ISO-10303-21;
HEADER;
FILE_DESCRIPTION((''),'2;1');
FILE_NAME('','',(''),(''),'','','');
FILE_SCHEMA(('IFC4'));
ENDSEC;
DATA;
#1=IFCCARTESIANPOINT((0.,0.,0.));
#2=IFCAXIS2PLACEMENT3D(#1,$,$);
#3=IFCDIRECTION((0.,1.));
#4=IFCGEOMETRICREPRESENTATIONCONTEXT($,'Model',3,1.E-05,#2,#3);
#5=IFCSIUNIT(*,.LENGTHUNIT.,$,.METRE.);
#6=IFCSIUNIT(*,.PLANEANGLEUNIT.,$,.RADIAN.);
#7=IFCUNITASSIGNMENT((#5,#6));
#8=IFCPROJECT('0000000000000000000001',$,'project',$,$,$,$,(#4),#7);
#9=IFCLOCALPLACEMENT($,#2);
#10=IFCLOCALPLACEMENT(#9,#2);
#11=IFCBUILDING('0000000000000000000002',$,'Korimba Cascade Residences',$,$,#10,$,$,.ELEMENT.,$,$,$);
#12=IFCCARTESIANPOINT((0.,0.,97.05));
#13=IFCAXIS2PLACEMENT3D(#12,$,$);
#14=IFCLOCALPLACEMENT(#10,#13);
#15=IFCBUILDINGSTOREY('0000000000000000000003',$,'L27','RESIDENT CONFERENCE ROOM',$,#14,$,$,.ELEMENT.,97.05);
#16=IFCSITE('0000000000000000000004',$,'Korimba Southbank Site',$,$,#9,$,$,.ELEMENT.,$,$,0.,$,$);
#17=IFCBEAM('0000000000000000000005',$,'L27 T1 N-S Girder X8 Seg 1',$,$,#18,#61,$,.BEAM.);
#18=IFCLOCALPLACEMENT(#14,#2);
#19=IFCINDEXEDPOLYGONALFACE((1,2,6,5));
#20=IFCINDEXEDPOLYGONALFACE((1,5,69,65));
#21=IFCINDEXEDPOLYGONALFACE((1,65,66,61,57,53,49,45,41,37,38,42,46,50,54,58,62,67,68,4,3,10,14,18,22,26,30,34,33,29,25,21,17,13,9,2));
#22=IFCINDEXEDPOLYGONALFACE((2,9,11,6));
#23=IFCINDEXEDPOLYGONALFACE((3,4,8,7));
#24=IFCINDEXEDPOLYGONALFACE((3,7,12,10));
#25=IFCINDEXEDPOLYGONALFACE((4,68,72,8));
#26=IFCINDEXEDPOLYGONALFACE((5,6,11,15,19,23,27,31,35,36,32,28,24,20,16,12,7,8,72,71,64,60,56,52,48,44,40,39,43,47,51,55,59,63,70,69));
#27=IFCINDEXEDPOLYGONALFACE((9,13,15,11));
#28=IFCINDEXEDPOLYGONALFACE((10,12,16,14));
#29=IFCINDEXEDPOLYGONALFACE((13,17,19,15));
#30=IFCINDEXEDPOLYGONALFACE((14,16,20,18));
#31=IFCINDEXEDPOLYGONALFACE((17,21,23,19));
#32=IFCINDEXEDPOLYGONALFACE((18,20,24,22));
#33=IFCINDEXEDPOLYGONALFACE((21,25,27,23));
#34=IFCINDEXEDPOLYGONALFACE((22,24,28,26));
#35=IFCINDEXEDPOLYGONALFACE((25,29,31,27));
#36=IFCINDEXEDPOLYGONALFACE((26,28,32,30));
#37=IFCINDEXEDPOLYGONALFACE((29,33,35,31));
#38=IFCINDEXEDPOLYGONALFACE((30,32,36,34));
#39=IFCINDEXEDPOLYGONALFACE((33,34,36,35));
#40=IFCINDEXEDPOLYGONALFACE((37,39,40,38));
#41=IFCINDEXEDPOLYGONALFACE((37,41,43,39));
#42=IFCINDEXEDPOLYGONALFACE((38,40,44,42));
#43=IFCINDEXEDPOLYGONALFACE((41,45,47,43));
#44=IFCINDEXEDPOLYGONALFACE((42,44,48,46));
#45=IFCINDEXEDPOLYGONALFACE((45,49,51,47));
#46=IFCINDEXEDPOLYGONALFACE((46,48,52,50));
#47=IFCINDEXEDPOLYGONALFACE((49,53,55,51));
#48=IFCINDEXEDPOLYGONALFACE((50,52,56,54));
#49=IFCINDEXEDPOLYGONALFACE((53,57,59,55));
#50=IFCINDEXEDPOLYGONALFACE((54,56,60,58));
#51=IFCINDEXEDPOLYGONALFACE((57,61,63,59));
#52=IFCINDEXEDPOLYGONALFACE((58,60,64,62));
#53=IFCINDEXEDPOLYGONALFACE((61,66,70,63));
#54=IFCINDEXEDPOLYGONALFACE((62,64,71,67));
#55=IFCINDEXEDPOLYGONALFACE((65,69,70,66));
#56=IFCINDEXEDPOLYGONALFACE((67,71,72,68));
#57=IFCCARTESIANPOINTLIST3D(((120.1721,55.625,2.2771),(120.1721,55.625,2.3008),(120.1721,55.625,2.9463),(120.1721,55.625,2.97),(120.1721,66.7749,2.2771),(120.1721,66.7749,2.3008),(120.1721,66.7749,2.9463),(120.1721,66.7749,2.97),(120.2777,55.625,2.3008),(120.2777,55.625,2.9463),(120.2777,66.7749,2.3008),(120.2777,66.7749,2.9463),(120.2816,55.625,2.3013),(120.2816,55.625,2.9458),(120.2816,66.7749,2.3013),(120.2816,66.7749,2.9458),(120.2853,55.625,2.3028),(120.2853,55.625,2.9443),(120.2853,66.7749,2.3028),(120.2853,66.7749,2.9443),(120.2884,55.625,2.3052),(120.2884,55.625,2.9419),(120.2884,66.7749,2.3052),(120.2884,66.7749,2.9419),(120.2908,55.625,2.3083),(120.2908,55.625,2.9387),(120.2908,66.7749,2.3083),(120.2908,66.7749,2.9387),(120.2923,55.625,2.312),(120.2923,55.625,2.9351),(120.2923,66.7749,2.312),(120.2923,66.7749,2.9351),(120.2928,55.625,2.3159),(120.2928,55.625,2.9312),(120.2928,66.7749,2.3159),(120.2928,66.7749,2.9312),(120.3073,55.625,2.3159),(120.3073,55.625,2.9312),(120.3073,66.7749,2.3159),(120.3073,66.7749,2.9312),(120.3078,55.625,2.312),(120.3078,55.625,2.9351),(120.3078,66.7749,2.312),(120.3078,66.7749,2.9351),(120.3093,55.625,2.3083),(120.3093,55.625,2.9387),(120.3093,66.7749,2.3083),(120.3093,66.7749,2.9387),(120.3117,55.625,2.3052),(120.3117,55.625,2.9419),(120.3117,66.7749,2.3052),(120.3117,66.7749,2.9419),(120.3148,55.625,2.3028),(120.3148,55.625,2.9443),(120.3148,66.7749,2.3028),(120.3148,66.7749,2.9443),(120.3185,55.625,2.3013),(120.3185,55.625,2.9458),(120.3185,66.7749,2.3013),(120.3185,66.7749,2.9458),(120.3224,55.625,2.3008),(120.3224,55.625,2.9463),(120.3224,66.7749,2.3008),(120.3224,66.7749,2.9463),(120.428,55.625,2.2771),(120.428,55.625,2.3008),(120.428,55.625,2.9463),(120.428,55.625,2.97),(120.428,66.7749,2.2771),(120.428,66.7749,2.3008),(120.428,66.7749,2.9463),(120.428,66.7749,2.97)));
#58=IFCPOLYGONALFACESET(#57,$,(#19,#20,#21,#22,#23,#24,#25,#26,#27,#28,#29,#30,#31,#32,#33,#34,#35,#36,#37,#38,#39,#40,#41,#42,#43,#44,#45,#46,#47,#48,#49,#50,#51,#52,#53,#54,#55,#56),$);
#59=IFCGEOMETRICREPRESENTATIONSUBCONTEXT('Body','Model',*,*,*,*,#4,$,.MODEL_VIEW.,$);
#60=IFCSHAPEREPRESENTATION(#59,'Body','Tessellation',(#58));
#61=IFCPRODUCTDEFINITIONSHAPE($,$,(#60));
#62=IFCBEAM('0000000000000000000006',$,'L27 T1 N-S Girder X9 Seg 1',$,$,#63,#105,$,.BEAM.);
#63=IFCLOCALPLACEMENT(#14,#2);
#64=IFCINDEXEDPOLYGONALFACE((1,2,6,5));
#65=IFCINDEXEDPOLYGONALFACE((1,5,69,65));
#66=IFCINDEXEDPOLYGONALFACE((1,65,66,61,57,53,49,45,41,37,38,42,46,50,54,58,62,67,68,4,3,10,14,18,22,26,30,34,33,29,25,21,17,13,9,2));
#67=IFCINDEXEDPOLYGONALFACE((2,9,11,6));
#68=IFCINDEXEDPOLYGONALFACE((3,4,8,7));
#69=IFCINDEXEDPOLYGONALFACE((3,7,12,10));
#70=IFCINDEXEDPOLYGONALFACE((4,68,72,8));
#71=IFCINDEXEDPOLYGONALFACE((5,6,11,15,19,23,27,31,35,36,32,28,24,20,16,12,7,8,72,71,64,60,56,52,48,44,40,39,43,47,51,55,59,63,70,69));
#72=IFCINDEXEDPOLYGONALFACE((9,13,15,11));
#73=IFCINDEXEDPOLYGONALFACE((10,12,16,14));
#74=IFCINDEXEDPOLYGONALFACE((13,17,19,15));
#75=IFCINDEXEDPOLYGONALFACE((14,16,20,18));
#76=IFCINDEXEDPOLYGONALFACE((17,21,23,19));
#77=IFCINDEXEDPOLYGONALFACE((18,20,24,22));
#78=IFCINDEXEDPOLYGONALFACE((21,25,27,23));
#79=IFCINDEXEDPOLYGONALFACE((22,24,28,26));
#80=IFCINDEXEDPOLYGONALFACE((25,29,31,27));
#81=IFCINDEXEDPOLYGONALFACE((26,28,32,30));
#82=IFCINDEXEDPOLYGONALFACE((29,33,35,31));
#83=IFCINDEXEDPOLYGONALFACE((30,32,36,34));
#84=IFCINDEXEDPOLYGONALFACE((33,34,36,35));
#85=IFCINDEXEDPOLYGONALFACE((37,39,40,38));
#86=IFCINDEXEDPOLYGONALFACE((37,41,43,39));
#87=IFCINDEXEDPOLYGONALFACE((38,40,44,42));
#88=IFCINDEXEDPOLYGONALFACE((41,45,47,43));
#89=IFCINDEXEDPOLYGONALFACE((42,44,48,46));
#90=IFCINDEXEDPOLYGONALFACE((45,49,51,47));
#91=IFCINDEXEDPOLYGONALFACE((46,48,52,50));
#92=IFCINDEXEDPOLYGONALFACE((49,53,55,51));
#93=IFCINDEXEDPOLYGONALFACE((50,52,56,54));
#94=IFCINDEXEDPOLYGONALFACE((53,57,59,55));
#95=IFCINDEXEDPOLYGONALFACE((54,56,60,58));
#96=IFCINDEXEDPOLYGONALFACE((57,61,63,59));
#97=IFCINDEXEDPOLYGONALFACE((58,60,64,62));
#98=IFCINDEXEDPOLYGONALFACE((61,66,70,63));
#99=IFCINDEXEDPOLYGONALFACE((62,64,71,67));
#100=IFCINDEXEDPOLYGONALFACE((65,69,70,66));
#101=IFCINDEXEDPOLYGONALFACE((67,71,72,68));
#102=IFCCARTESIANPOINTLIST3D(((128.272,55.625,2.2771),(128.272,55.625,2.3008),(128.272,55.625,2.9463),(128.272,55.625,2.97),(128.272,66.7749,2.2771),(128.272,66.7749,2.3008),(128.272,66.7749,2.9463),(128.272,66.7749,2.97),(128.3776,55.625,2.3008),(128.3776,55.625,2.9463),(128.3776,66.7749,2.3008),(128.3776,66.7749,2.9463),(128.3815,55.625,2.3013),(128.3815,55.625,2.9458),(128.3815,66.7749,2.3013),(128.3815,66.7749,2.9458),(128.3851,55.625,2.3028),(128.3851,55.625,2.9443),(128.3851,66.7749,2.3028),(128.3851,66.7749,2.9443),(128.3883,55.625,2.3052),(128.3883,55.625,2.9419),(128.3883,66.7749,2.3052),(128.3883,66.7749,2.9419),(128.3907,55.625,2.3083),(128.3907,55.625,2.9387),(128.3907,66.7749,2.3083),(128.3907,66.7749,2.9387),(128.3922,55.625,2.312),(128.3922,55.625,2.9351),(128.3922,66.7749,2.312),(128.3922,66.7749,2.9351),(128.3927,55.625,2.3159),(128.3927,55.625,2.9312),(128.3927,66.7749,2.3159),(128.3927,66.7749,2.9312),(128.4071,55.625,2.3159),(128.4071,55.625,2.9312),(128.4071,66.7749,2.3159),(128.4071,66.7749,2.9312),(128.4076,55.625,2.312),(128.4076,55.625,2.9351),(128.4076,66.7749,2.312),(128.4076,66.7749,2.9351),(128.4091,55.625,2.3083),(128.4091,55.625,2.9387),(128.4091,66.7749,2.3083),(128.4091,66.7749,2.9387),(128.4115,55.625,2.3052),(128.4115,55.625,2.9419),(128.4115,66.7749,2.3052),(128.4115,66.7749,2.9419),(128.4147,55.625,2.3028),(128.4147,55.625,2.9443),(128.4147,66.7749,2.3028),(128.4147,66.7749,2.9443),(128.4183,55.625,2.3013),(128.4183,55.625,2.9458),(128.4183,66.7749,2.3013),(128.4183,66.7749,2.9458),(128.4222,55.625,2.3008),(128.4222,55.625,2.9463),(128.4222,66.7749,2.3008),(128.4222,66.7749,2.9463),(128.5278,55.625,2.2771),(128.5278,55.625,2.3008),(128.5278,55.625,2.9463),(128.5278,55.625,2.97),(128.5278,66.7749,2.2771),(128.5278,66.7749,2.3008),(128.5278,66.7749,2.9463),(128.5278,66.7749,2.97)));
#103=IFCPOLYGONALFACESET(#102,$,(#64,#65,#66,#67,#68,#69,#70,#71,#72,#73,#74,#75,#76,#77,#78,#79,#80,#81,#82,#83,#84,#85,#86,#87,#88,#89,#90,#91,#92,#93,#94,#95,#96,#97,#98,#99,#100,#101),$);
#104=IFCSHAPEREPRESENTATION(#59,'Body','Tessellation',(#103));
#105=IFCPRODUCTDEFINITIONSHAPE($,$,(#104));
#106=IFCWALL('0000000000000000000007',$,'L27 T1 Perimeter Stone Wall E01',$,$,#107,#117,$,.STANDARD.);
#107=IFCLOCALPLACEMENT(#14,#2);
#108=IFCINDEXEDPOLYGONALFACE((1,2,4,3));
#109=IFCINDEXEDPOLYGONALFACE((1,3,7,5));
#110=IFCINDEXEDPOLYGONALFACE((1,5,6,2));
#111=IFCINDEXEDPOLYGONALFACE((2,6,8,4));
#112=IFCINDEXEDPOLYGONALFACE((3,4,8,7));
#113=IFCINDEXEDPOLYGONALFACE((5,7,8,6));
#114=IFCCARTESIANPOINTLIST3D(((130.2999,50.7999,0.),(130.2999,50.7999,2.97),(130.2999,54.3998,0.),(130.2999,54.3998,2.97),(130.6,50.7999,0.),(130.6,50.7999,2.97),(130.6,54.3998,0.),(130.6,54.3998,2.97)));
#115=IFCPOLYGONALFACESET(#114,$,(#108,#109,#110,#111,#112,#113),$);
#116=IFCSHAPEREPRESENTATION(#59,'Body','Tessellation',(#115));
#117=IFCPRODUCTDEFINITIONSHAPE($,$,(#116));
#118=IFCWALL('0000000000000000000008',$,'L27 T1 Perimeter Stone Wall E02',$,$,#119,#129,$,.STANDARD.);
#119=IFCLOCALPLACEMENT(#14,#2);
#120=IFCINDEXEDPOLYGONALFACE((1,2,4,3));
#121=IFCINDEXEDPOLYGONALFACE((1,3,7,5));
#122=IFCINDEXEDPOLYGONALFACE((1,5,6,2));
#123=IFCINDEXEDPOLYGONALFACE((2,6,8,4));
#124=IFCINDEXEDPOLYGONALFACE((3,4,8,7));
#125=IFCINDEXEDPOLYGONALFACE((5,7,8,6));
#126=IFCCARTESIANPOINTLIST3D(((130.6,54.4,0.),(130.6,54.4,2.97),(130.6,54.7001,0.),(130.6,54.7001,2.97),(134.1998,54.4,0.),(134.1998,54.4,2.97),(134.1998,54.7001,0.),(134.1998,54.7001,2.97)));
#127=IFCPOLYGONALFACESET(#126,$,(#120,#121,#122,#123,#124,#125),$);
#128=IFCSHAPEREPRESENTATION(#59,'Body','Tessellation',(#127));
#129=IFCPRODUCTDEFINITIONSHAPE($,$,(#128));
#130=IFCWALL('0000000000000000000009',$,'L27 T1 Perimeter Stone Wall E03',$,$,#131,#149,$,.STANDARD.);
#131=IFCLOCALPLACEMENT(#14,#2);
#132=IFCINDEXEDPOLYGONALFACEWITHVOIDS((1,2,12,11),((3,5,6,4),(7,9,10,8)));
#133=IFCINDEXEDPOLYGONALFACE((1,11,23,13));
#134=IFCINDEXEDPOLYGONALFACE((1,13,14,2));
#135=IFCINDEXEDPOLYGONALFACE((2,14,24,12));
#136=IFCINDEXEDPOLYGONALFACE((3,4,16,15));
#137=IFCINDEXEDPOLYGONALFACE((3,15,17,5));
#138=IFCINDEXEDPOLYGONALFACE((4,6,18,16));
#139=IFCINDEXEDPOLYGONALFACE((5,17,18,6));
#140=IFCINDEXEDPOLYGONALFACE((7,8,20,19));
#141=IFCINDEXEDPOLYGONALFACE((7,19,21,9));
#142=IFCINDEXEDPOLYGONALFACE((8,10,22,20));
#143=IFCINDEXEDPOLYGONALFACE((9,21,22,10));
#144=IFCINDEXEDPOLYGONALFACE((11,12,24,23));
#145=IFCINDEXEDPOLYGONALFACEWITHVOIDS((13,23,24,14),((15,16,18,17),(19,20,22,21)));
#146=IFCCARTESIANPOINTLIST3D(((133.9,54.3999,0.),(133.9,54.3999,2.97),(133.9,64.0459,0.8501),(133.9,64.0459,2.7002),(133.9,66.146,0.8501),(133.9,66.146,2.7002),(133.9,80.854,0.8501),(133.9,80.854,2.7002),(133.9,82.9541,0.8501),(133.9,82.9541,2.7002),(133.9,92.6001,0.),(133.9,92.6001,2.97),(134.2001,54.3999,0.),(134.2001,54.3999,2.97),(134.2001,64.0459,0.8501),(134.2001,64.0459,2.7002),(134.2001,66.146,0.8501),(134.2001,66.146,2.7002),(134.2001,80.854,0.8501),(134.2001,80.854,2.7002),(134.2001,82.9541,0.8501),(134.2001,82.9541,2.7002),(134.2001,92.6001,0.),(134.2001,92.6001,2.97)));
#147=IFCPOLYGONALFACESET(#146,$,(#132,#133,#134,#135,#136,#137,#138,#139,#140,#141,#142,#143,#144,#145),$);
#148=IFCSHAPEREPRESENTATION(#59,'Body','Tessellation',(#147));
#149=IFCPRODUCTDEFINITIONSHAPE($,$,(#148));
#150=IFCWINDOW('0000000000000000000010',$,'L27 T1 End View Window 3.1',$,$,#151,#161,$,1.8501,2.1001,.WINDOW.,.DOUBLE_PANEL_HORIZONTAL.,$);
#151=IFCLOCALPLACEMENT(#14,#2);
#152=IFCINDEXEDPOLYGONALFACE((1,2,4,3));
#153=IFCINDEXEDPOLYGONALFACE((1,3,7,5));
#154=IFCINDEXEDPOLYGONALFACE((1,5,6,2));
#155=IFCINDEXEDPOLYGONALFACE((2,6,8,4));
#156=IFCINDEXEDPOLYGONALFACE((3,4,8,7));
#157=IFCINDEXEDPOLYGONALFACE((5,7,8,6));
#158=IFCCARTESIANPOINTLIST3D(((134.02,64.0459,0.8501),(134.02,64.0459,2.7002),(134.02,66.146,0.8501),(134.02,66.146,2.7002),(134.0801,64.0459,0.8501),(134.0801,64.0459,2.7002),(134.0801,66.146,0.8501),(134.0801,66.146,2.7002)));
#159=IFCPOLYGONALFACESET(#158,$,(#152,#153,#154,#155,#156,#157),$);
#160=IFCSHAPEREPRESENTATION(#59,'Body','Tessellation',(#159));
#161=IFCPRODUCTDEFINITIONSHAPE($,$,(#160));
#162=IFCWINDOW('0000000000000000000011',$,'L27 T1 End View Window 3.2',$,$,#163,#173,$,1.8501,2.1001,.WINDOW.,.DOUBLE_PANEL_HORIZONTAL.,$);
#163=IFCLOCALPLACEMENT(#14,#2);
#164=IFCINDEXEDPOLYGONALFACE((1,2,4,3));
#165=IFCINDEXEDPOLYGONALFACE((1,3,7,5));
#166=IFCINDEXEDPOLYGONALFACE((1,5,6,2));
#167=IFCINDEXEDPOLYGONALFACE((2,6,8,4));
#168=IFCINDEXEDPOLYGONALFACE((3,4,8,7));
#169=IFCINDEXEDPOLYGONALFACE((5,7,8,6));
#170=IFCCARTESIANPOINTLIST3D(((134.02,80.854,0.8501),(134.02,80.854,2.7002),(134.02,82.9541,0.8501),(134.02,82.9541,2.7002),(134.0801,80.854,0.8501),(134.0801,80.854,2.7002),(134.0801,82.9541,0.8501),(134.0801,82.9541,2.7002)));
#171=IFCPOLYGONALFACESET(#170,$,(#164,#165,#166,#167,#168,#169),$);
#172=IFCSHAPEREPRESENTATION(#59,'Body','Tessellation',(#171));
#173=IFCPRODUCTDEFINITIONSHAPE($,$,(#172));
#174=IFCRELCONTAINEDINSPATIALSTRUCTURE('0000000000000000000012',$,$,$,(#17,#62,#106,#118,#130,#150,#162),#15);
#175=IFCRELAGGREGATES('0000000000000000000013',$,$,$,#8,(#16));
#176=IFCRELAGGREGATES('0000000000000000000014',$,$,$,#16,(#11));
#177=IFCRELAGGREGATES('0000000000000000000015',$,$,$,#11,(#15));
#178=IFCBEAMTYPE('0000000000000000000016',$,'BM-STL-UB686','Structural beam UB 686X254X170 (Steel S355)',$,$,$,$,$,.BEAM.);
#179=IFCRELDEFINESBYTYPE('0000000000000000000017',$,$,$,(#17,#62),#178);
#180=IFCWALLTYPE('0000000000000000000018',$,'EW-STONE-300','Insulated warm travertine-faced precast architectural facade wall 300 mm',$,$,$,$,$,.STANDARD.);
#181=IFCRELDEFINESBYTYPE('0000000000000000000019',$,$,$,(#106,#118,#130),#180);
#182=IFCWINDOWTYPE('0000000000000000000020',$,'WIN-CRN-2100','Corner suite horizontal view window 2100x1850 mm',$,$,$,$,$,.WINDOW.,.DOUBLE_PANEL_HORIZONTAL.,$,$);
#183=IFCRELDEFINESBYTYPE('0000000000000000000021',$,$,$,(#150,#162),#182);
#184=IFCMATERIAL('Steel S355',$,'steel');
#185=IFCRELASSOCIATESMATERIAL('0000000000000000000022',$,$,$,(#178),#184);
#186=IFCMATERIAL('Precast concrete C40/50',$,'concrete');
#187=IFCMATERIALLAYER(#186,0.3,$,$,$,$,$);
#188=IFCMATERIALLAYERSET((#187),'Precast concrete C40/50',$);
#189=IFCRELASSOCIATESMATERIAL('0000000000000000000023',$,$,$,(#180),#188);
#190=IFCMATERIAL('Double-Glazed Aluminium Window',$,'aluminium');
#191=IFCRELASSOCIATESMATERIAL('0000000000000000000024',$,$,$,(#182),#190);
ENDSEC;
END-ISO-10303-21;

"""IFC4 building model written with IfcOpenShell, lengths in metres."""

from ifc_helpers import new_model, si_unit, direction, frame, frame_2d, origin, origin_2d, place, context, subcontext, project, spatial, rectangle, i_section, extrude, material, layer, layer_set, material_profile, profile_set, type_object, element, fill, save


model = new_model("IFC4")

# Units and contexts
model_context = context("Model", 3, precision=1e-05, world=origin(), true_north=direction((0.0, 1.0)))
body_context = subcontext(model_context, "Body", "Model", "MODEL_VIEW")
ifc_project = project(units=[si_unit("LENGTHUNIT", "METRE"), si_unit("PLANEANGLEUNIT", "RADIAN")], contexts=[model_context])

# Site, building, storey
site_placement = place(None, origin())
site = spatial("IfcSite", under=ifc_project, at=site_placement, Name="Korimba Southbank Site", CompositionType="ELEMENT", RefElevation=0.0)
building_placement = place(site_placement, origin())
building = spatial("IfcBuilding", under=site, at=building_placement, Name="Korimba Cascade Residences", CompositionType="ELEMENT")
storey_placement = place(building_placement, frame((0.0, 0.0, 97.05)))
storey = spatial("IfcBuildingStorey", under=building, at=storey_placement, Name="L27", Description="RESIDENT CONFERENCE ROOM", CompositionType="ELEMENT", Elevation=97.05)

# Beams
ifc_material_1 = material(Name="Steel S355", Category="steel")
ifc_material_profile_1 = material_profile(ifc_material_1, i_section(OverallWidth=0.2559, OverallDepth=0.6929, WebThickness=0.0144, FlangeThickness=0.0237, FilletRadius=0.0151, at=origin_2d()), Name="Steel S355")
ifc_profile_set_1 = profile_set([ifc_material_profile_1], Name="Steel S355")
beam_type_1 = type_object("IfcBeamType", Name="BM-STL-UB686", Description="Structural beam UB 686X254X170 (Steel S355)", PredefinedType="BEAM", material=ifc_profile_set_1)
for number, where, z_axis, x_axis, name in (
    (1, (120.3, 55.625, 2.6235), (0.0, 1.0, 0.0), (-1.0, 0.0, 0.0), "L27 T1 N-S Girder X8 Seg 1"),
    (2, (128.3999, 55.625, 2.6235), (0.0, 1.0, 0.0), (-1.0, 0.0, 0.0), "L27 T1 N-S Girder X9 Seg 1"),
):
    element("IfcBeam", number, at=place(storey_placement, frame(where, z_axis=z_axis, x_axis=x_axis)), inside=storey, type_object=beam_type_1, Name=name, PredefinedType="BEAM", context=body_context, shape_type="SweptSolid", body=[
        extrude(i_section(OverallWidth=0.2559, OverallDepth=0.6929, WebThickness=0.0144, FlangeThickness=0.0237, FilletRadius=0.0151, at=origin_2d()), origin(), (0.0, 0.0, 1.0), 11.1499),
    ])

# Walls
ifc_material_2 = material(Name="Precast concrete C40/50", Category="concrete")
ifc_layer_1 = layer(ifc_material_2, 0.3)
ifc_layer_set_1 = layer_set([ifc_layer_1], Name="Precast concrete C40/50")
wall_type_1 = type_object("IfcWallType", Name="EW-STONE-300", Description="Insulated warm travertine-faced precast architectural facade wall 300 mm", PredefinedType="STANDARD", material=ifc_layer_set_1)
for number, where, z_axis, x_axis, name in (
    (3, (130.45, 50.8, 0.0), (0.0, 0.0, 1.0), (0.0, 1.0, 0.0), "L27 T1 Perimeter Stone Wall E01"),
    (4, (130.6001, 54.55, 0.0), (0.0, 0.0, 1.0), (1.0, 0.0, 0.0), "L27 T1 Perimeter Stone Wall E02"),
):
    element("IfcWall", number, at=place(storey_placement, frame(where, z_axis=z_axis, x_axis=x_axis)), inside=storey, type_object=wall_type_1, Name=name, PredefinedType="STANDARD", context=body_context, shape_type="SweptSolid", body=[
        extrude(rectangle(XDim=3.5999, YDim=0.3, at=frame_2d((1.7998, 0.0))), origin(), (0.0, 0.0, 1.0), 2.97),
    ])

# Wall, openings, windows
wall_1_placement = place(storey_placement, frame((134.05, 54.3999, 0.0), z_axis=(0.0, 0.0, 1.0), x_axis=(0.0, 1.0, 0.0)))
wall_1 = element("IfcWall", 5, at=wall_1_placement, inside=storey, type_object=wall_type_1, Name="L27 T1 Perimeter Stone Wall E03", PredefinedType="STANDARD", context=body_context, shape_type="SweptSolid", body=[
    extrude(rectangle(XDim=38.2002, YDim=0.3, at=frame_2d((19.1001, 0.0))), origin(), (0.0, 0.0, 1.0), 2.97),
])
opening_1_placement = place(wall_1_placement, frame((9.646, 0.0, 0.8501)))
opening_1 = element("IfcOpeningElement", 6, at=opening_1_placement, cuts=wall_1, PredefinedType="OPENING", context=body_context, shape_type="SweptSolid", body=[
    extrude(rectangle(XDim=2.1001, YDim=1.8501, at=frame_2d((1.05, 0.925))), frame((0.0, 0.1602, 0.0), z_axis=(0.0, -1.0, 0.0), x_axis=(1.0, 0.0, 0.0)), (0.0, 0.0, 1.0), 0.3201),
])
opening_2_placement = place(wall_1_placement, frame((26.4541, 0.0, 0.8501)))
opening_2 = element("IfcOpeningElement", 7, at=opening_2_placement, cuts=wall_1, PredefinedType="OPENING", context=body_context, shape_type="SweptSolid", body=[
    extrude(rectangle(XDim=2.1001, YDim=1.8501, at=frame_2d((1.05, 0.925))), frame((0.0, 0.1602, 0.0), z_axis=(0.0, -1.0, 0.0), x_axis=(1.0, 0.0, 0.0)), (0.0, 0.0, 1.0), 0.3201),
])
ifc_material_3 = material(Name="Double-Glazed Aluminium Window", Category="aluminium")
window_type_1 = type_object("IfcWindowType", Name="WIN-CRN-2100", Description="Corner suite horizontal view window 2100x1850 mm", PartitioningType="DOUBLE_PANEL_HORIZONTAL", PredefinedType="WINDOW", material=ifc_material_3)
window_1_placement = place(opening_1_placement, origin())
window_1 = element("IfcWindow", 8, at=window_1_placement, inside=storey, type_object=window_type_1, Name="L27 T1 End View Window 3.1", OverallHeight=1.8501, OverallWidth=2.1001, PartitioningType="DOUBLE_PANEL_HORIZONTAL", PredefinedType="WINDOW", context=body_context, shape_type="SweptSolid", body=[
    extrude(rectangle(XDim=2.1001, YDim=1.8501, at=frame_2d((1.05, 0.925))), frame((0.0, 0.03, 0.0), z_axis=(0.0, -1.0, 0.0), x_axis=(1.0, 0.0, 0.0)), (0.0, 0.0, 1.0), 0.0601),
])
fill(opening_1, window_1)
window_2_placement = place(opening_2_placement, origin())
window_2 = element("IfcWindow", 9, at=window_2_placement, inside=storey, type_object=window_type_1, Name="L27 T1 End View Window 3.2", OverallHeight=1.8501, OverallWidth=2.1001, PartitioningType="DOUBLE_PANEL_HORIZONTAL", PredefinedType="WINDOW", context=body_context, shape_type="SweptSolid", body=[
    extrude(rectangle(XDim=2.1001, YDim=1.8501, at=frame_2d((1.05, 0.925))), frame((0.0, 0.03, 0.0), z_axis=(0.0, -1.0, 0.0), x_axis=(1.0, 0.0, 0.0)), (0.0, 0.0, 1.0), 0.0601),
])
fill(opening_2, window_2)

save(model, "model.ifc")
